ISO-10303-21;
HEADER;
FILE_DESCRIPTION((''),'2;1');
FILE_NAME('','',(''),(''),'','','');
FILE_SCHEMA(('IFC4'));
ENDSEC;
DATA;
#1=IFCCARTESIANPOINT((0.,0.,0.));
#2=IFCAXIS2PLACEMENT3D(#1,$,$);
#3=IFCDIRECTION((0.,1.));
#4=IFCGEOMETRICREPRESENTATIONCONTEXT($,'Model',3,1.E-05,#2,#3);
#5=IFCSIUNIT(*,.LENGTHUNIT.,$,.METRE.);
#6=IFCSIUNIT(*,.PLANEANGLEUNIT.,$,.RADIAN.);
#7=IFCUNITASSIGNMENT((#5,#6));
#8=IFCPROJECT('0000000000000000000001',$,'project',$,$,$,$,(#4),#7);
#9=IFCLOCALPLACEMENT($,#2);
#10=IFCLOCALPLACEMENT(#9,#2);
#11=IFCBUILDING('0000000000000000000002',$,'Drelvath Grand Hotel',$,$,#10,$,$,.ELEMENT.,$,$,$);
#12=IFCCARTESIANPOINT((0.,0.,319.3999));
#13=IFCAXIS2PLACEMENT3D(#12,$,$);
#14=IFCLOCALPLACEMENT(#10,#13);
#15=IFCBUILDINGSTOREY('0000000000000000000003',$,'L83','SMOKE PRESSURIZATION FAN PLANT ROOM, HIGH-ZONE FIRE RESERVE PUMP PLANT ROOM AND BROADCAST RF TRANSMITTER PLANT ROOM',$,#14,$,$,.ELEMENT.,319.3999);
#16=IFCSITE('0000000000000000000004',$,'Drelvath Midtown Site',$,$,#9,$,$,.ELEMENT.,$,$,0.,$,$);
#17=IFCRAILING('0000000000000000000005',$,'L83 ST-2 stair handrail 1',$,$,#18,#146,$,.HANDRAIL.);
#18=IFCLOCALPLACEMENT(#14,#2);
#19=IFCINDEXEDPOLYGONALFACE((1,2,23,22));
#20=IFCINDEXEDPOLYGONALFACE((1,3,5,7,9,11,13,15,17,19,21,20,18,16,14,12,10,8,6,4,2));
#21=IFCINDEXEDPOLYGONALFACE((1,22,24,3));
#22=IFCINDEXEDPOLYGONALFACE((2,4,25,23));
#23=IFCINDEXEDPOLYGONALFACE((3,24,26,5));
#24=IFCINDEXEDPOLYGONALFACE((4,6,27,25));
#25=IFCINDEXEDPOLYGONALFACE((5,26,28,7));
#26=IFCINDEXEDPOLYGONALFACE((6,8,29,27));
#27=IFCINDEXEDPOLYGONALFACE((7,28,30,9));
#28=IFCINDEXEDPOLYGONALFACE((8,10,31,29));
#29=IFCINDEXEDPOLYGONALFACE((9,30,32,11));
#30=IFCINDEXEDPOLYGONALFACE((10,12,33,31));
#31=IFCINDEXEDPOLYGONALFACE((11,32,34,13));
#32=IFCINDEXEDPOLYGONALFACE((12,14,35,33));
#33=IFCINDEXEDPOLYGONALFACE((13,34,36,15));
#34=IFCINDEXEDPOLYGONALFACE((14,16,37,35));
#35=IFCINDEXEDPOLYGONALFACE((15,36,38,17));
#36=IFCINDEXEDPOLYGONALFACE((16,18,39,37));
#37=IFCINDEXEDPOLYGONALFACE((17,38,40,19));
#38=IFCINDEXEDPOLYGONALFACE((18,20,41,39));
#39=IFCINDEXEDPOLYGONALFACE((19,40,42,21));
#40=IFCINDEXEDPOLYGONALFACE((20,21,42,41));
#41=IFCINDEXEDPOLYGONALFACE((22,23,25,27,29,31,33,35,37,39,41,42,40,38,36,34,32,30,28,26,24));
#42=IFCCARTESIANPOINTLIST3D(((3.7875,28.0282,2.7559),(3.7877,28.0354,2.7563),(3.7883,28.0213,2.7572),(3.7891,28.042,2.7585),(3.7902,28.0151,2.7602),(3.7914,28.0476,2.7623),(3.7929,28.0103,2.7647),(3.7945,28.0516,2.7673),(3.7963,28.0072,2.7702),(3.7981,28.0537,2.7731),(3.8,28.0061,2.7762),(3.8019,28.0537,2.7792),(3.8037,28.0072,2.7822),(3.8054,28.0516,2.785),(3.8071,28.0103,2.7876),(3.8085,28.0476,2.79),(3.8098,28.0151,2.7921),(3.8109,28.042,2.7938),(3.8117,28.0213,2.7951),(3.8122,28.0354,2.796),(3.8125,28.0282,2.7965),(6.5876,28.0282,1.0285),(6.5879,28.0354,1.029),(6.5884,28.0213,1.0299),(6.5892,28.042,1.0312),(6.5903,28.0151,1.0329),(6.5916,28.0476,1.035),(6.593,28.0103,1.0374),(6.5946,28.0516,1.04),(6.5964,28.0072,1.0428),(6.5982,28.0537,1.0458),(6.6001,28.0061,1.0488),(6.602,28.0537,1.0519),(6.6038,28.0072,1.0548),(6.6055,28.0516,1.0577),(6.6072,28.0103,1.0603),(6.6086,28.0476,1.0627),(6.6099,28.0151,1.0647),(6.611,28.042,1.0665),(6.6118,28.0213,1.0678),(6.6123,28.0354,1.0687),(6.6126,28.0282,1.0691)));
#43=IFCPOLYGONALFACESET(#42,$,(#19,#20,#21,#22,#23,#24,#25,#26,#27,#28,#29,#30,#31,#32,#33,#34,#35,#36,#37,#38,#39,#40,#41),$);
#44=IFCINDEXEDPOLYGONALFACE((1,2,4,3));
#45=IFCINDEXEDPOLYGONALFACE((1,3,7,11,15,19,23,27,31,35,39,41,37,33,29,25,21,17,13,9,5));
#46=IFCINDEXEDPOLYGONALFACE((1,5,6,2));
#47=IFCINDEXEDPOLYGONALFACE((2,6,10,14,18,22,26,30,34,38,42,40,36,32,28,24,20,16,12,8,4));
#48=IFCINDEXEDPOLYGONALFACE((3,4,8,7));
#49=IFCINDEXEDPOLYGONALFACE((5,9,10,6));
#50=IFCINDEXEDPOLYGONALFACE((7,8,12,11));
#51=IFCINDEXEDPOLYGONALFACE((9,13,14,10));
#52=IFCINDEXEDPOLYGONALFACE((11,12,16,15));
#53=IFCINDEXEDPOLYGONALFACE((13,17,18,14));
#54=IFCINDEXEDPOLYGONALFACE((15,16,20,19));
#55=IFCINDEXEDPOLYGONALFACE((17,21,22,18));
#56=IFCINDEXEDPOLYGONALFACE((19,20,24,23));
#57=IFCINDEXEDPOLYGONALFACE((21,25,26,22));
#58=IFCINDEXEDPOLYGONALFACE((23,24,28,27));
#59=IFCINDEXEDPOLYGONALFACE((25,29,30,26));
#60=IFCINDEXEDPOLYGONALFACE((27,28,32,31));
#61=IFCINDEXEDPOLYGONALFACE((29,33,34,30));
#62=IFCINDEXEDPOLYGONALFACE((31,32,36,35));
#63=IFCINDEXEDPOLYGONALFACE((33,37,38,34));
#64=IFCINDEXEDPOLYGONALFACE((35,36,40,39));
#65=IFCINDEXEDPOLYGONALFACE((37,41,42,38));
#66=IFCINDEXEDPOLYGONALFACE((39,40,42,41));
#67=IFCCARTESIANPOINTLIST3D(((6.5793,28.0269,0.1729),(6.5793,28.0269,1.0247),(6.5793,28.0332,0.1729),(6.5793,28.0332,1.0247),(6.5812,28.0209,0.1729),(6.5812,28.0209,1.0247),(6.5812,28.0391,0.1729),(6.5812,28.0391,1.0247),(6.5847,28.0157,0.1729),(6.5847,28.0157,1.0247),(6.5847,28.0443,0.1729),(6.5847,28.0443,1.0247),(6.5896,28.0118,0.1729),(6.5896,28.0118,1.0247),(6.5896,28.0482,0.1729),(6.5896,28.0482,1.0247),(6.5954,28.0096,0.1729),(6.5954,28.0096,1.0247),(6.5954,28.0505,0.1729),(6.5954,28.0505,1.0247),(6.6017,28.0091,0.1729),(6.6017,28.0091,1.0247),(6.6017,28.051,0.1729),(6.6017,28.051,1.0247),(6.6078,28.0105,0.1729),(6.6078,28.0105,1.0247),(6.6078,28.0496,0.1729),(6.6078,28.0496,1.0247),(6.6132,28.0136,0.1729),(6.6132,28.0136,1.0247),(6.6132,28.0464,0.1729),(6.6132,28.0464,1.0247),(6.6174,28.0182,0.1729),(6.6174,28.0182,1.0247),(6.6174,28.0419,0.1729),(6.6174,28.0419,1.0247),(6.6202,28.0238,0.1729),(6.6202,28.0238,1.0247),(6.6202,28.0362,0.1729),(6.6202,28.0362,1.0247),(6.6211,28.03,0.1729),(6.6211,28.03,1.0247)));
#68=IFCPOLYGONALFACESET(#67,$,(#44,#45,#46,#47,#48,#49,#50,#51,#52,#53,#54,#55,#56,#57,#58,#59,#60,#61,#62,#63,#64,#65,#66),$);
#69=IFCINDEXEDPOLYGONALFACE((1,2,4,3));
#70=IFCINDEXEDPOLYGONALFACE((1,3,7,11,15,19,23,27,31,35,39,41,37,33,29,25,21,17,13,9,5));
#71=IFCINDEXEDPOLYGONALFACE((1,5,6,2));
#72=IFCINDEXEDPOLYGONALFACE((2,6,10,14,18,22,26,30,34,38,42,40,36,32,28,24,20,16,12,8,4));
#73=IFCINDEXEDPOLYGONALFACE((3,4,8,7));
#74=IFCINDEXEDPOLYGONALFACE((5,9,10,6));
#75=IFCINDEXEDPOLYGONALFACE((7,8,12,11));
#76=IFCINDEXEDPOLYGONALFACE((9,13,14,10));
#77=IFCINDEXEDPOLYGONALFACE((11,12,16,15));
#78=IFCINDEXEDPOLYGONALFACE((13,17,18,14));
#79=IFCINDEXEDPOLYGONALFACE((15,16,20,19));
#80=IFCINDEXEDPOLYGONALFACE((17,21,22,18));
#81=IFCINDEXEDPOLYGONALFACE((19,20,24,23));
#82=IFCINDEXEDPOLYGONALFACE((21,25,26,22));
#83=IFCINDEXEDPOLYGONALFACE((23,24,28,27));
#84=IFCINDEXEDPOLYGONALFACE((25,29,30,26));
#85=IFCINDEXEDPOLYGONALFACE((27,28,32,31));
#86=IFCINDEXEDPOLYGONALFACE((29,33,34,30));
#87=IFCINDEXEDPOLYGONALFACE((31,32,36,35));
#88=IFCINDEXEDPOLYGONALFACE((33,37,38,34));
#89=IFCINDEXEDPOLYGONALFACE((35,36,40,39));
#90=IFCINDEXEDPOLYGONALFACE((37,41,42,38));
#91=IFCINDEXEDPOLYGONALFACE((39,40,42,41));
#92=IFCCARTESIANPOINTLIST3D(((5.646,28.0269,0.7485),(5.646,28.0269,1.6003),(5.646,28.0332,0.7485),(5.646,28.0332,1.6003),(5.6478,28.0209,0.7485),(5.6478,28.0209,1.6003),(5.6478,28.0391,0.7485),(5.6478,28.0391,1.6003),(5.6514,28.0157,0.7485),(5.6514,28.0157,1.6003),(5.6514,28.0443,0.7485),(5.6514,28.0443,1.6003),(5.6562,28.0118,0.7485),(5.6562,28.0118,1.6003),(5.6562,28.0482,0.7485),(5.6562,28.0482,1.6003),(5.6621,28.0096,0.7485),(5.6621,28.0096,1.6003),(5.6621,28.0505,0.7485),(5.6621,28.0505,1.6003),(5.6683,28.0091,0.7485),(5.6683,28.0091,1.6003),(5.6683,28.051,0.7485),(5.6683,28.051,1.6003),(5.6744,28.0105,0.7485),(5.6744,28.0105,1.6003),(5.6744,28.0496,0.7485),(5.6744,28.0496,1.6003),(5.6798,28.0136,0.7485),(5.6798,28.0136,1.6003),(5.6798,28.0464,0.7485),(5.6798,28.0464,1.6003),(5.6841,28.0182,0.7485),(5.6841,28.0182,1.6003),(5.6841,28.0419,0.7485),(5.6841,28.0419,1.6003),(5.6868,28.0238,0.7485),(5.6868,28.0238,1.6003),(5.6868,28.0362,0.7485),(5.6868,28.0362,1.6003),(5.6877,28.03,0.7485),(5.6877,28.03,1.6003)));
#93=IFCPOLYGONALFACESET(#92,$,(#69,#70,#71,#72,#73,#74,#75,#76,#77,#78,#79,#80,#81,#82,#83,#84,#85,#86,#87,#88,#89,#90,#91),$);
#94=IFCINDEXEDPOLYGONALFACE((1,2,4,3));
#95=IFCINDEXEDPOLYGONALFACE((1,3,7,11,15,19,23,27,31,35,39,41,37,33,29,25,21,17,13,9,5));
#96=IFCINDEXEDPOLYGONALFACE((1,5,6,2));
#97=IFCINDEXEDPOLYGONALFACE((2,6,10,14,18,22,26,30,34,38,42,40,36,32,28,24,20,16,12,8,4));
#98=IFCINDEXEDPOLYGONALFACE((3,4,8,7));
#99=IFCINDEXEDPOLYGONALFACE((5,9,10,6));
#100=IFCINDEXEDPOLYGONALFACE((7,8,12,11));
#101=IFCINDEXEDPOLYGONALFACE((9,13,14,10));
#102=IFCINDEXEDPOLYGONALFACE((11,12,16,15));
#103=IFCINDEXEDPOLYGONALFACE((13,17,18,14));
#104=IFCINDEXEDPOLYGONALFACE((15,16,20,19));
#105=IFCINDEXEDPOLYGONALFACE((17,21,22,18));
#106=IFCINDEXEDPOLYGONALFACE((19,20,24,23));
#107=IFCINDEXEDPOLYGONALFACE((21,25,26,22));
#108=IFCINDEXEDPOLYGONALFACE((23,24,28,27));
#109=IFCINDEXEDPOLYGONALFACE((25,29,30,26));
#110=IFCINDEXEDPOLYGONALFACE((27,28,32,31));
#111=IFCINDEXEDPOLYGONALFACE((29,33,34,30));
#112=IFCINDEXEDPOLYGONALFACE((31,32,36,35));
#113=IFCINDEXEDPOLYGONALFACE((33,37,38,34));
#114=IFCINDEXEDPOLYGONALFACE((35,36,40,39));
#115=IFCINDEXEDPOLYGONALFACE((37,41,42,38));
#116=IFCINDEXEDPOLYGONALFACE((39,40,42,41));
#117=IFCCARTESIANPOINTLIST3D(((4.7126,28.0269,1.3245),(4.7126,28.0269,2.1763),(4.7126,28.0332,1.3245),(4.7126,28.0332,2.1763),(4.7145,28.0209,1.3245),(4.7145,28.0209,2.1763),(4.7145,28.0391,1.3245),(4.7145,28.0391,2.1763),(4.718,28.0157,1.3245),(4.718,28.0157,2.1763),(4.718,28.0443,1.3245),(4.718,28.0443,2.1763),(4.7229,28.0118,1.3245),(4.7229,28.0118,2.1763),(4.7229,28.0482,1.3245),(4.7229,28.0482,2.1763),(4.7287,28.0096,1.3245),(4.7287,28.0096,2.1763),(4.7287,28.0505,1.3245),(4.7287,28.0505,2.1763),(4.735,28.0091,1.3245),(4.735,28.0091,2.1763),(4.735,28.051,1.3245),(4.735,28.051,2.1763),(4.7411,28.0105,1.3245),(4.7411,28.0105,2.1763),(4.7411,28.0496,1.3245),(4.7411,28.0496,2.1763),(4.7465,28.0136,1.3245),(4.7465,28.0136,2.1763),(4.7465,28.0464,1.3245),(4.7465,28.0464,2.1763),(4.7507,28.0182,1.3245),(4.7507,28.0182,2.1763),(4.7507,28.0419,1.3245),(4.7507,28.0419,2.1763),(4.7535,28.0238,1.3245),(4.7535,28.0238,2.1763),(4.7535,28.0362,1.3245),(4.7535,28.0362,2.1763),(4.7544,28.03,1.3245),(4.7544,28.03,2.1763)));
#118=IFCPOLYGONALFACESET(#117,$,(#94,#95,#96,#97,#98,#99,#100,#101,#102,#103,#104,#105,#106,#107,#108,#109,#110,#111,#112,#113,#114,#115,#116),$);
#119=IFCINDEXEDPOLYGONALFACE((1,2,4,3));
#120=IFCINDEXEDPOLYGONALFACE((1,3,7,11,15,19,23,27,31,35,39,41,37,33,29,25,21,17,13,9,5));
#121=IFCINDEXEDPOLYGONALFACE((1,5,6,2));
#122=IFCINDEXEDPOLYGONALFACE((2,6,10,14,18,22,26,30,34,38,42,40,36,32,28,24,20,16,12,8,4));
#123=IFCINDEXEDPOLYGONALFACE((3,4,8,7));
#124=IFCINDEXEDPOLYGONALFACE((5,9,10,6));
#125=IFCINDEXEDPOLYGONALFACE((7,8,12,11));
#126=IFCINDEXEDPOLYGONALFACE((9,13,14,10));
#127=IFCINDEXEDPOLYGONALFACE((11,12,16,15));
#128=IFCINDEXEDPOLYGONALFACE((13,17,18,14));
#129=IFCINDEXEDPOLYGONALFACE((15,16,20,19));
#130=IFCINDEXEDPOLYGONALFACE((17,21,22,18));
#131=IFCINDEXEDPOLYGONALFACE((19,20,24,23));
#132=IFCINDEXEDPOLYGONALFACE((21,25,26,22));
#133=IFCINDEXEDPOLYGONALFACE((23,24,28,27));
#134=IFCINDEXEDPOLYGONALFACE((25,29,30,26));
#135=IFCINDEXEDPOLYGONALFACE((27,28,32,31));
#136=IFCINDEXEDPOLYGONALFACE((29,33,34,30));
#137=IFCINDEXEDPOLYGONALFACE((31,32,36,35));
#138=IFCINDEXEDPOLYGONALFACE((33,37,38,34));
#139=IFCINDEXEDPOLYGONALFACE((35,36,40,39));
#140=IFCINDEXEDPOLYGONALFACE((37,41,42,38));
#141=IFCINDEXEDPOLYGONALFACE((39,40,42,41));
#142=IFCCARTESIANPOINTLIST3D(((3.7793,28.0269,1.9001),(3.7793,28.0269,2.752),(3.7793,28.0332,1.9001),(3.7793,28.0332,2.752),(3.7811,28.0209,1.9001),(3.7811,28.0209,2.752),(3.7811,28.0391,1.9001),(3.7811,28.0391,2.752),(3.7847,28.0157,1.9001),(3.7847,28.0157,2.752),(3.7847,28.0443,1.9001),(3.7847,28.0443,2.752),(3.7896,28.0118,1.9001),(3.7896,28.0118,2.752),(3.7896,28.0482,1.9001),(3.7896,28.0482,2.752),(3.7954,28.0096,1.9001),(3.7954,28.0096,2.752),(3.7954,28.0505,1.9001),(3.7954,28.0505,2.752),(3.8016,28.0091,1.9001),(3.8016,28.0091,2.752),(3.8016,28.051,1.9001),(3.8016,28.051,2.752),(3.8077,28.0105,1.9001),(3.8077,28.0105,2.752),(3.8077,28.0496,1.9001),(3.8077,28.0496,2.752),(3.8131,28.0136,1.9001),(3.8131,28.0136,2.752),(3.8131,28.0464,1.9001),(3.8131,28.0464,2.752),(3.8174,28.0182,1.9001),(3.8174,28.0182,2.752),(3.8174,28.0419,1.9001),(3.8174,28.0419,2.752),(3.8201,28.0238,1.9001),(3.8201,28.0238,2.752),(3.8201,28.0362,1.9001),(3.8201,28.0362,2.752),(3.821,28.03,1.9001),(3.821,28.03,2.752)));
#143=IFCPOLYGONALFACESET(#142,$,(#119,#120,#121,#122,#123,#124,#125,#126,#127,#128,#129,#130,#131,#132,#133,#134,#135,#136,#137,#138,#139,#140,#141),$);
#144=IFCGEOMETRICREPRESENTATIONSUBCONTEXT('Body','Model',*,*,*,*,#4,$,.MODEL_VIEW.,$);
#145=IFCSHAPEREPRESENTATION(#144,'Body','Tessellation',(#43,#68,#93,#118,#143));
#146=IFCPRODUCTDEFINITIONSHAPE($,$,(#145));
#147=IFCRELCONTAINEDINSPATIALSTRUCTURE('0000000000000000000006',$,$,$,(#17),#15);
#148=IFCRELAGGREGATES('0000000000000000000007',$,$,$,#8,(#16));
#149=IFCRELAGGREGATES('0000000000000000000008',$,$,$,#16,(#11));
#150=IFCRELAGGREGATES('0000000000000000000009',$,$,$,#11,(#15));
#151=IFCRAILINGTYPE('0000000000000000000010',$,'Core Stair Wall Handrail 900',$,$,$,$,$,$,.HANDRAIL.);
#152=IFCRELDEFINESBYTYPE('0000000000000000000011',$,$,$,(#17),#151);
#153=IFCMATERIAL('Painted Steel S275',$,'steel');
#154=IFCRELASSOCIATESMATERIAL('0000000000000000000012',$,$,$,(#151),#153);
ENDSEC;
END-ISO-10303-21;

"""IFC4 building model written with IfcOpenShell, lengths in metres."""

from ifc_helpers import new_model, si_unit, direction, frame, origin, origin_2d, place, context, subcontext, project, spatial, circle, extrude, material, type_object, element, save


model = new_model("IFC4")

# Units and contexts
model_context = context("Model", 3, precision=1e-05, world=origin(), true_north=direction((0.0, 1.0)))
body_context = subcontext(model_context, "Body", "Model", "MODEL_VIEW")
ifc_project = project(units=[si_unit("LENGTHUNIT", "METRE"), si_unit("PLANEANGLEUNIT", "RADIAN")], contexts=[model_context])

# Site, building, storey
site_placement = place(None, origin())
site = spatial("IfcSite", under=ifc_project, at=site_placement, Name="Drelvath Midtown Site", CompositionType="ELEMENT", RefElevation=0.0)
building_placement = place(site_placement, origin())
building = spatial("IfcBuilding", under=site, at=building_placement, Name="Drelvath Grand Hotel", CompositionType="ELEMENT")
storey_placement = place(building_placement, frame((0.0, 0.0, 319.3999)))
storey = spatial("IfcBuildingStorey", under=building, at=storey_placement, Name="L83", Description="SMOKE PRESSURIZATION FAN PLANT ROOM, HIGH-ZONE FIRE RESERVE PUMP PLANT ROOM AND BROADCAST RF TRANSMITTER PLANT ROOM", CompositionType="ELEMENT", Elevation=319.3999)

# Shared definitions
ifc_material_1 = material(Name="Painted Steel S275", Category="steel")

# Railing
railing_type_1 = type_object("IfcRailingType", Name="Core Stair Wall Handrail 900", PredefinedType="HANDRAIL", material=ifc_material_1)
railing_1_placement = place(storey_placement, frame((6.6001, 28.03, 0.1729)))
element("IfcRailing", 1, at=railing_1_placement, inside=storey, type_object=railing_type_1, Name="L83 ST-2 stair handrail 1", PredefinedType="HANDRAIL", context=body_context, shape_type="SweptSolid", body=[
    extrude(circle(Radius=0.0239, at=origin_2d()), frame((0.0, 0.0, 0.876), z_axis=(-0.85109, 0.0, 0.52502), x_axis=(0.0, -1.0, 0.0)), (0.0, 0.0, 1.0), 3.29),
    extrude(circle(Radius=0.021, at=origin_2d()), origin(), (0.0, 0.0, 1.0), 0.8518),
    extrude(circle(Radius=0.021, at=origin_2d()), frame((-0.9333, 0.0, 0.5757)), (0.0, 0.0, 1.0), 0.8518),
    extrude(circle(Radius=0.021, at=origin_2d()), frame((-1.8667, 0.0, 1.1516)), (0.0, 0.0, 1.0), 0.8518),
    extrude(circle(Radius=0.021, at=origin_2d()), frame((-2.8, 0.0, 1.7273)), (0.0, 0.0, 1.0), 0.8518),
])

save(model, "model.ifc")
